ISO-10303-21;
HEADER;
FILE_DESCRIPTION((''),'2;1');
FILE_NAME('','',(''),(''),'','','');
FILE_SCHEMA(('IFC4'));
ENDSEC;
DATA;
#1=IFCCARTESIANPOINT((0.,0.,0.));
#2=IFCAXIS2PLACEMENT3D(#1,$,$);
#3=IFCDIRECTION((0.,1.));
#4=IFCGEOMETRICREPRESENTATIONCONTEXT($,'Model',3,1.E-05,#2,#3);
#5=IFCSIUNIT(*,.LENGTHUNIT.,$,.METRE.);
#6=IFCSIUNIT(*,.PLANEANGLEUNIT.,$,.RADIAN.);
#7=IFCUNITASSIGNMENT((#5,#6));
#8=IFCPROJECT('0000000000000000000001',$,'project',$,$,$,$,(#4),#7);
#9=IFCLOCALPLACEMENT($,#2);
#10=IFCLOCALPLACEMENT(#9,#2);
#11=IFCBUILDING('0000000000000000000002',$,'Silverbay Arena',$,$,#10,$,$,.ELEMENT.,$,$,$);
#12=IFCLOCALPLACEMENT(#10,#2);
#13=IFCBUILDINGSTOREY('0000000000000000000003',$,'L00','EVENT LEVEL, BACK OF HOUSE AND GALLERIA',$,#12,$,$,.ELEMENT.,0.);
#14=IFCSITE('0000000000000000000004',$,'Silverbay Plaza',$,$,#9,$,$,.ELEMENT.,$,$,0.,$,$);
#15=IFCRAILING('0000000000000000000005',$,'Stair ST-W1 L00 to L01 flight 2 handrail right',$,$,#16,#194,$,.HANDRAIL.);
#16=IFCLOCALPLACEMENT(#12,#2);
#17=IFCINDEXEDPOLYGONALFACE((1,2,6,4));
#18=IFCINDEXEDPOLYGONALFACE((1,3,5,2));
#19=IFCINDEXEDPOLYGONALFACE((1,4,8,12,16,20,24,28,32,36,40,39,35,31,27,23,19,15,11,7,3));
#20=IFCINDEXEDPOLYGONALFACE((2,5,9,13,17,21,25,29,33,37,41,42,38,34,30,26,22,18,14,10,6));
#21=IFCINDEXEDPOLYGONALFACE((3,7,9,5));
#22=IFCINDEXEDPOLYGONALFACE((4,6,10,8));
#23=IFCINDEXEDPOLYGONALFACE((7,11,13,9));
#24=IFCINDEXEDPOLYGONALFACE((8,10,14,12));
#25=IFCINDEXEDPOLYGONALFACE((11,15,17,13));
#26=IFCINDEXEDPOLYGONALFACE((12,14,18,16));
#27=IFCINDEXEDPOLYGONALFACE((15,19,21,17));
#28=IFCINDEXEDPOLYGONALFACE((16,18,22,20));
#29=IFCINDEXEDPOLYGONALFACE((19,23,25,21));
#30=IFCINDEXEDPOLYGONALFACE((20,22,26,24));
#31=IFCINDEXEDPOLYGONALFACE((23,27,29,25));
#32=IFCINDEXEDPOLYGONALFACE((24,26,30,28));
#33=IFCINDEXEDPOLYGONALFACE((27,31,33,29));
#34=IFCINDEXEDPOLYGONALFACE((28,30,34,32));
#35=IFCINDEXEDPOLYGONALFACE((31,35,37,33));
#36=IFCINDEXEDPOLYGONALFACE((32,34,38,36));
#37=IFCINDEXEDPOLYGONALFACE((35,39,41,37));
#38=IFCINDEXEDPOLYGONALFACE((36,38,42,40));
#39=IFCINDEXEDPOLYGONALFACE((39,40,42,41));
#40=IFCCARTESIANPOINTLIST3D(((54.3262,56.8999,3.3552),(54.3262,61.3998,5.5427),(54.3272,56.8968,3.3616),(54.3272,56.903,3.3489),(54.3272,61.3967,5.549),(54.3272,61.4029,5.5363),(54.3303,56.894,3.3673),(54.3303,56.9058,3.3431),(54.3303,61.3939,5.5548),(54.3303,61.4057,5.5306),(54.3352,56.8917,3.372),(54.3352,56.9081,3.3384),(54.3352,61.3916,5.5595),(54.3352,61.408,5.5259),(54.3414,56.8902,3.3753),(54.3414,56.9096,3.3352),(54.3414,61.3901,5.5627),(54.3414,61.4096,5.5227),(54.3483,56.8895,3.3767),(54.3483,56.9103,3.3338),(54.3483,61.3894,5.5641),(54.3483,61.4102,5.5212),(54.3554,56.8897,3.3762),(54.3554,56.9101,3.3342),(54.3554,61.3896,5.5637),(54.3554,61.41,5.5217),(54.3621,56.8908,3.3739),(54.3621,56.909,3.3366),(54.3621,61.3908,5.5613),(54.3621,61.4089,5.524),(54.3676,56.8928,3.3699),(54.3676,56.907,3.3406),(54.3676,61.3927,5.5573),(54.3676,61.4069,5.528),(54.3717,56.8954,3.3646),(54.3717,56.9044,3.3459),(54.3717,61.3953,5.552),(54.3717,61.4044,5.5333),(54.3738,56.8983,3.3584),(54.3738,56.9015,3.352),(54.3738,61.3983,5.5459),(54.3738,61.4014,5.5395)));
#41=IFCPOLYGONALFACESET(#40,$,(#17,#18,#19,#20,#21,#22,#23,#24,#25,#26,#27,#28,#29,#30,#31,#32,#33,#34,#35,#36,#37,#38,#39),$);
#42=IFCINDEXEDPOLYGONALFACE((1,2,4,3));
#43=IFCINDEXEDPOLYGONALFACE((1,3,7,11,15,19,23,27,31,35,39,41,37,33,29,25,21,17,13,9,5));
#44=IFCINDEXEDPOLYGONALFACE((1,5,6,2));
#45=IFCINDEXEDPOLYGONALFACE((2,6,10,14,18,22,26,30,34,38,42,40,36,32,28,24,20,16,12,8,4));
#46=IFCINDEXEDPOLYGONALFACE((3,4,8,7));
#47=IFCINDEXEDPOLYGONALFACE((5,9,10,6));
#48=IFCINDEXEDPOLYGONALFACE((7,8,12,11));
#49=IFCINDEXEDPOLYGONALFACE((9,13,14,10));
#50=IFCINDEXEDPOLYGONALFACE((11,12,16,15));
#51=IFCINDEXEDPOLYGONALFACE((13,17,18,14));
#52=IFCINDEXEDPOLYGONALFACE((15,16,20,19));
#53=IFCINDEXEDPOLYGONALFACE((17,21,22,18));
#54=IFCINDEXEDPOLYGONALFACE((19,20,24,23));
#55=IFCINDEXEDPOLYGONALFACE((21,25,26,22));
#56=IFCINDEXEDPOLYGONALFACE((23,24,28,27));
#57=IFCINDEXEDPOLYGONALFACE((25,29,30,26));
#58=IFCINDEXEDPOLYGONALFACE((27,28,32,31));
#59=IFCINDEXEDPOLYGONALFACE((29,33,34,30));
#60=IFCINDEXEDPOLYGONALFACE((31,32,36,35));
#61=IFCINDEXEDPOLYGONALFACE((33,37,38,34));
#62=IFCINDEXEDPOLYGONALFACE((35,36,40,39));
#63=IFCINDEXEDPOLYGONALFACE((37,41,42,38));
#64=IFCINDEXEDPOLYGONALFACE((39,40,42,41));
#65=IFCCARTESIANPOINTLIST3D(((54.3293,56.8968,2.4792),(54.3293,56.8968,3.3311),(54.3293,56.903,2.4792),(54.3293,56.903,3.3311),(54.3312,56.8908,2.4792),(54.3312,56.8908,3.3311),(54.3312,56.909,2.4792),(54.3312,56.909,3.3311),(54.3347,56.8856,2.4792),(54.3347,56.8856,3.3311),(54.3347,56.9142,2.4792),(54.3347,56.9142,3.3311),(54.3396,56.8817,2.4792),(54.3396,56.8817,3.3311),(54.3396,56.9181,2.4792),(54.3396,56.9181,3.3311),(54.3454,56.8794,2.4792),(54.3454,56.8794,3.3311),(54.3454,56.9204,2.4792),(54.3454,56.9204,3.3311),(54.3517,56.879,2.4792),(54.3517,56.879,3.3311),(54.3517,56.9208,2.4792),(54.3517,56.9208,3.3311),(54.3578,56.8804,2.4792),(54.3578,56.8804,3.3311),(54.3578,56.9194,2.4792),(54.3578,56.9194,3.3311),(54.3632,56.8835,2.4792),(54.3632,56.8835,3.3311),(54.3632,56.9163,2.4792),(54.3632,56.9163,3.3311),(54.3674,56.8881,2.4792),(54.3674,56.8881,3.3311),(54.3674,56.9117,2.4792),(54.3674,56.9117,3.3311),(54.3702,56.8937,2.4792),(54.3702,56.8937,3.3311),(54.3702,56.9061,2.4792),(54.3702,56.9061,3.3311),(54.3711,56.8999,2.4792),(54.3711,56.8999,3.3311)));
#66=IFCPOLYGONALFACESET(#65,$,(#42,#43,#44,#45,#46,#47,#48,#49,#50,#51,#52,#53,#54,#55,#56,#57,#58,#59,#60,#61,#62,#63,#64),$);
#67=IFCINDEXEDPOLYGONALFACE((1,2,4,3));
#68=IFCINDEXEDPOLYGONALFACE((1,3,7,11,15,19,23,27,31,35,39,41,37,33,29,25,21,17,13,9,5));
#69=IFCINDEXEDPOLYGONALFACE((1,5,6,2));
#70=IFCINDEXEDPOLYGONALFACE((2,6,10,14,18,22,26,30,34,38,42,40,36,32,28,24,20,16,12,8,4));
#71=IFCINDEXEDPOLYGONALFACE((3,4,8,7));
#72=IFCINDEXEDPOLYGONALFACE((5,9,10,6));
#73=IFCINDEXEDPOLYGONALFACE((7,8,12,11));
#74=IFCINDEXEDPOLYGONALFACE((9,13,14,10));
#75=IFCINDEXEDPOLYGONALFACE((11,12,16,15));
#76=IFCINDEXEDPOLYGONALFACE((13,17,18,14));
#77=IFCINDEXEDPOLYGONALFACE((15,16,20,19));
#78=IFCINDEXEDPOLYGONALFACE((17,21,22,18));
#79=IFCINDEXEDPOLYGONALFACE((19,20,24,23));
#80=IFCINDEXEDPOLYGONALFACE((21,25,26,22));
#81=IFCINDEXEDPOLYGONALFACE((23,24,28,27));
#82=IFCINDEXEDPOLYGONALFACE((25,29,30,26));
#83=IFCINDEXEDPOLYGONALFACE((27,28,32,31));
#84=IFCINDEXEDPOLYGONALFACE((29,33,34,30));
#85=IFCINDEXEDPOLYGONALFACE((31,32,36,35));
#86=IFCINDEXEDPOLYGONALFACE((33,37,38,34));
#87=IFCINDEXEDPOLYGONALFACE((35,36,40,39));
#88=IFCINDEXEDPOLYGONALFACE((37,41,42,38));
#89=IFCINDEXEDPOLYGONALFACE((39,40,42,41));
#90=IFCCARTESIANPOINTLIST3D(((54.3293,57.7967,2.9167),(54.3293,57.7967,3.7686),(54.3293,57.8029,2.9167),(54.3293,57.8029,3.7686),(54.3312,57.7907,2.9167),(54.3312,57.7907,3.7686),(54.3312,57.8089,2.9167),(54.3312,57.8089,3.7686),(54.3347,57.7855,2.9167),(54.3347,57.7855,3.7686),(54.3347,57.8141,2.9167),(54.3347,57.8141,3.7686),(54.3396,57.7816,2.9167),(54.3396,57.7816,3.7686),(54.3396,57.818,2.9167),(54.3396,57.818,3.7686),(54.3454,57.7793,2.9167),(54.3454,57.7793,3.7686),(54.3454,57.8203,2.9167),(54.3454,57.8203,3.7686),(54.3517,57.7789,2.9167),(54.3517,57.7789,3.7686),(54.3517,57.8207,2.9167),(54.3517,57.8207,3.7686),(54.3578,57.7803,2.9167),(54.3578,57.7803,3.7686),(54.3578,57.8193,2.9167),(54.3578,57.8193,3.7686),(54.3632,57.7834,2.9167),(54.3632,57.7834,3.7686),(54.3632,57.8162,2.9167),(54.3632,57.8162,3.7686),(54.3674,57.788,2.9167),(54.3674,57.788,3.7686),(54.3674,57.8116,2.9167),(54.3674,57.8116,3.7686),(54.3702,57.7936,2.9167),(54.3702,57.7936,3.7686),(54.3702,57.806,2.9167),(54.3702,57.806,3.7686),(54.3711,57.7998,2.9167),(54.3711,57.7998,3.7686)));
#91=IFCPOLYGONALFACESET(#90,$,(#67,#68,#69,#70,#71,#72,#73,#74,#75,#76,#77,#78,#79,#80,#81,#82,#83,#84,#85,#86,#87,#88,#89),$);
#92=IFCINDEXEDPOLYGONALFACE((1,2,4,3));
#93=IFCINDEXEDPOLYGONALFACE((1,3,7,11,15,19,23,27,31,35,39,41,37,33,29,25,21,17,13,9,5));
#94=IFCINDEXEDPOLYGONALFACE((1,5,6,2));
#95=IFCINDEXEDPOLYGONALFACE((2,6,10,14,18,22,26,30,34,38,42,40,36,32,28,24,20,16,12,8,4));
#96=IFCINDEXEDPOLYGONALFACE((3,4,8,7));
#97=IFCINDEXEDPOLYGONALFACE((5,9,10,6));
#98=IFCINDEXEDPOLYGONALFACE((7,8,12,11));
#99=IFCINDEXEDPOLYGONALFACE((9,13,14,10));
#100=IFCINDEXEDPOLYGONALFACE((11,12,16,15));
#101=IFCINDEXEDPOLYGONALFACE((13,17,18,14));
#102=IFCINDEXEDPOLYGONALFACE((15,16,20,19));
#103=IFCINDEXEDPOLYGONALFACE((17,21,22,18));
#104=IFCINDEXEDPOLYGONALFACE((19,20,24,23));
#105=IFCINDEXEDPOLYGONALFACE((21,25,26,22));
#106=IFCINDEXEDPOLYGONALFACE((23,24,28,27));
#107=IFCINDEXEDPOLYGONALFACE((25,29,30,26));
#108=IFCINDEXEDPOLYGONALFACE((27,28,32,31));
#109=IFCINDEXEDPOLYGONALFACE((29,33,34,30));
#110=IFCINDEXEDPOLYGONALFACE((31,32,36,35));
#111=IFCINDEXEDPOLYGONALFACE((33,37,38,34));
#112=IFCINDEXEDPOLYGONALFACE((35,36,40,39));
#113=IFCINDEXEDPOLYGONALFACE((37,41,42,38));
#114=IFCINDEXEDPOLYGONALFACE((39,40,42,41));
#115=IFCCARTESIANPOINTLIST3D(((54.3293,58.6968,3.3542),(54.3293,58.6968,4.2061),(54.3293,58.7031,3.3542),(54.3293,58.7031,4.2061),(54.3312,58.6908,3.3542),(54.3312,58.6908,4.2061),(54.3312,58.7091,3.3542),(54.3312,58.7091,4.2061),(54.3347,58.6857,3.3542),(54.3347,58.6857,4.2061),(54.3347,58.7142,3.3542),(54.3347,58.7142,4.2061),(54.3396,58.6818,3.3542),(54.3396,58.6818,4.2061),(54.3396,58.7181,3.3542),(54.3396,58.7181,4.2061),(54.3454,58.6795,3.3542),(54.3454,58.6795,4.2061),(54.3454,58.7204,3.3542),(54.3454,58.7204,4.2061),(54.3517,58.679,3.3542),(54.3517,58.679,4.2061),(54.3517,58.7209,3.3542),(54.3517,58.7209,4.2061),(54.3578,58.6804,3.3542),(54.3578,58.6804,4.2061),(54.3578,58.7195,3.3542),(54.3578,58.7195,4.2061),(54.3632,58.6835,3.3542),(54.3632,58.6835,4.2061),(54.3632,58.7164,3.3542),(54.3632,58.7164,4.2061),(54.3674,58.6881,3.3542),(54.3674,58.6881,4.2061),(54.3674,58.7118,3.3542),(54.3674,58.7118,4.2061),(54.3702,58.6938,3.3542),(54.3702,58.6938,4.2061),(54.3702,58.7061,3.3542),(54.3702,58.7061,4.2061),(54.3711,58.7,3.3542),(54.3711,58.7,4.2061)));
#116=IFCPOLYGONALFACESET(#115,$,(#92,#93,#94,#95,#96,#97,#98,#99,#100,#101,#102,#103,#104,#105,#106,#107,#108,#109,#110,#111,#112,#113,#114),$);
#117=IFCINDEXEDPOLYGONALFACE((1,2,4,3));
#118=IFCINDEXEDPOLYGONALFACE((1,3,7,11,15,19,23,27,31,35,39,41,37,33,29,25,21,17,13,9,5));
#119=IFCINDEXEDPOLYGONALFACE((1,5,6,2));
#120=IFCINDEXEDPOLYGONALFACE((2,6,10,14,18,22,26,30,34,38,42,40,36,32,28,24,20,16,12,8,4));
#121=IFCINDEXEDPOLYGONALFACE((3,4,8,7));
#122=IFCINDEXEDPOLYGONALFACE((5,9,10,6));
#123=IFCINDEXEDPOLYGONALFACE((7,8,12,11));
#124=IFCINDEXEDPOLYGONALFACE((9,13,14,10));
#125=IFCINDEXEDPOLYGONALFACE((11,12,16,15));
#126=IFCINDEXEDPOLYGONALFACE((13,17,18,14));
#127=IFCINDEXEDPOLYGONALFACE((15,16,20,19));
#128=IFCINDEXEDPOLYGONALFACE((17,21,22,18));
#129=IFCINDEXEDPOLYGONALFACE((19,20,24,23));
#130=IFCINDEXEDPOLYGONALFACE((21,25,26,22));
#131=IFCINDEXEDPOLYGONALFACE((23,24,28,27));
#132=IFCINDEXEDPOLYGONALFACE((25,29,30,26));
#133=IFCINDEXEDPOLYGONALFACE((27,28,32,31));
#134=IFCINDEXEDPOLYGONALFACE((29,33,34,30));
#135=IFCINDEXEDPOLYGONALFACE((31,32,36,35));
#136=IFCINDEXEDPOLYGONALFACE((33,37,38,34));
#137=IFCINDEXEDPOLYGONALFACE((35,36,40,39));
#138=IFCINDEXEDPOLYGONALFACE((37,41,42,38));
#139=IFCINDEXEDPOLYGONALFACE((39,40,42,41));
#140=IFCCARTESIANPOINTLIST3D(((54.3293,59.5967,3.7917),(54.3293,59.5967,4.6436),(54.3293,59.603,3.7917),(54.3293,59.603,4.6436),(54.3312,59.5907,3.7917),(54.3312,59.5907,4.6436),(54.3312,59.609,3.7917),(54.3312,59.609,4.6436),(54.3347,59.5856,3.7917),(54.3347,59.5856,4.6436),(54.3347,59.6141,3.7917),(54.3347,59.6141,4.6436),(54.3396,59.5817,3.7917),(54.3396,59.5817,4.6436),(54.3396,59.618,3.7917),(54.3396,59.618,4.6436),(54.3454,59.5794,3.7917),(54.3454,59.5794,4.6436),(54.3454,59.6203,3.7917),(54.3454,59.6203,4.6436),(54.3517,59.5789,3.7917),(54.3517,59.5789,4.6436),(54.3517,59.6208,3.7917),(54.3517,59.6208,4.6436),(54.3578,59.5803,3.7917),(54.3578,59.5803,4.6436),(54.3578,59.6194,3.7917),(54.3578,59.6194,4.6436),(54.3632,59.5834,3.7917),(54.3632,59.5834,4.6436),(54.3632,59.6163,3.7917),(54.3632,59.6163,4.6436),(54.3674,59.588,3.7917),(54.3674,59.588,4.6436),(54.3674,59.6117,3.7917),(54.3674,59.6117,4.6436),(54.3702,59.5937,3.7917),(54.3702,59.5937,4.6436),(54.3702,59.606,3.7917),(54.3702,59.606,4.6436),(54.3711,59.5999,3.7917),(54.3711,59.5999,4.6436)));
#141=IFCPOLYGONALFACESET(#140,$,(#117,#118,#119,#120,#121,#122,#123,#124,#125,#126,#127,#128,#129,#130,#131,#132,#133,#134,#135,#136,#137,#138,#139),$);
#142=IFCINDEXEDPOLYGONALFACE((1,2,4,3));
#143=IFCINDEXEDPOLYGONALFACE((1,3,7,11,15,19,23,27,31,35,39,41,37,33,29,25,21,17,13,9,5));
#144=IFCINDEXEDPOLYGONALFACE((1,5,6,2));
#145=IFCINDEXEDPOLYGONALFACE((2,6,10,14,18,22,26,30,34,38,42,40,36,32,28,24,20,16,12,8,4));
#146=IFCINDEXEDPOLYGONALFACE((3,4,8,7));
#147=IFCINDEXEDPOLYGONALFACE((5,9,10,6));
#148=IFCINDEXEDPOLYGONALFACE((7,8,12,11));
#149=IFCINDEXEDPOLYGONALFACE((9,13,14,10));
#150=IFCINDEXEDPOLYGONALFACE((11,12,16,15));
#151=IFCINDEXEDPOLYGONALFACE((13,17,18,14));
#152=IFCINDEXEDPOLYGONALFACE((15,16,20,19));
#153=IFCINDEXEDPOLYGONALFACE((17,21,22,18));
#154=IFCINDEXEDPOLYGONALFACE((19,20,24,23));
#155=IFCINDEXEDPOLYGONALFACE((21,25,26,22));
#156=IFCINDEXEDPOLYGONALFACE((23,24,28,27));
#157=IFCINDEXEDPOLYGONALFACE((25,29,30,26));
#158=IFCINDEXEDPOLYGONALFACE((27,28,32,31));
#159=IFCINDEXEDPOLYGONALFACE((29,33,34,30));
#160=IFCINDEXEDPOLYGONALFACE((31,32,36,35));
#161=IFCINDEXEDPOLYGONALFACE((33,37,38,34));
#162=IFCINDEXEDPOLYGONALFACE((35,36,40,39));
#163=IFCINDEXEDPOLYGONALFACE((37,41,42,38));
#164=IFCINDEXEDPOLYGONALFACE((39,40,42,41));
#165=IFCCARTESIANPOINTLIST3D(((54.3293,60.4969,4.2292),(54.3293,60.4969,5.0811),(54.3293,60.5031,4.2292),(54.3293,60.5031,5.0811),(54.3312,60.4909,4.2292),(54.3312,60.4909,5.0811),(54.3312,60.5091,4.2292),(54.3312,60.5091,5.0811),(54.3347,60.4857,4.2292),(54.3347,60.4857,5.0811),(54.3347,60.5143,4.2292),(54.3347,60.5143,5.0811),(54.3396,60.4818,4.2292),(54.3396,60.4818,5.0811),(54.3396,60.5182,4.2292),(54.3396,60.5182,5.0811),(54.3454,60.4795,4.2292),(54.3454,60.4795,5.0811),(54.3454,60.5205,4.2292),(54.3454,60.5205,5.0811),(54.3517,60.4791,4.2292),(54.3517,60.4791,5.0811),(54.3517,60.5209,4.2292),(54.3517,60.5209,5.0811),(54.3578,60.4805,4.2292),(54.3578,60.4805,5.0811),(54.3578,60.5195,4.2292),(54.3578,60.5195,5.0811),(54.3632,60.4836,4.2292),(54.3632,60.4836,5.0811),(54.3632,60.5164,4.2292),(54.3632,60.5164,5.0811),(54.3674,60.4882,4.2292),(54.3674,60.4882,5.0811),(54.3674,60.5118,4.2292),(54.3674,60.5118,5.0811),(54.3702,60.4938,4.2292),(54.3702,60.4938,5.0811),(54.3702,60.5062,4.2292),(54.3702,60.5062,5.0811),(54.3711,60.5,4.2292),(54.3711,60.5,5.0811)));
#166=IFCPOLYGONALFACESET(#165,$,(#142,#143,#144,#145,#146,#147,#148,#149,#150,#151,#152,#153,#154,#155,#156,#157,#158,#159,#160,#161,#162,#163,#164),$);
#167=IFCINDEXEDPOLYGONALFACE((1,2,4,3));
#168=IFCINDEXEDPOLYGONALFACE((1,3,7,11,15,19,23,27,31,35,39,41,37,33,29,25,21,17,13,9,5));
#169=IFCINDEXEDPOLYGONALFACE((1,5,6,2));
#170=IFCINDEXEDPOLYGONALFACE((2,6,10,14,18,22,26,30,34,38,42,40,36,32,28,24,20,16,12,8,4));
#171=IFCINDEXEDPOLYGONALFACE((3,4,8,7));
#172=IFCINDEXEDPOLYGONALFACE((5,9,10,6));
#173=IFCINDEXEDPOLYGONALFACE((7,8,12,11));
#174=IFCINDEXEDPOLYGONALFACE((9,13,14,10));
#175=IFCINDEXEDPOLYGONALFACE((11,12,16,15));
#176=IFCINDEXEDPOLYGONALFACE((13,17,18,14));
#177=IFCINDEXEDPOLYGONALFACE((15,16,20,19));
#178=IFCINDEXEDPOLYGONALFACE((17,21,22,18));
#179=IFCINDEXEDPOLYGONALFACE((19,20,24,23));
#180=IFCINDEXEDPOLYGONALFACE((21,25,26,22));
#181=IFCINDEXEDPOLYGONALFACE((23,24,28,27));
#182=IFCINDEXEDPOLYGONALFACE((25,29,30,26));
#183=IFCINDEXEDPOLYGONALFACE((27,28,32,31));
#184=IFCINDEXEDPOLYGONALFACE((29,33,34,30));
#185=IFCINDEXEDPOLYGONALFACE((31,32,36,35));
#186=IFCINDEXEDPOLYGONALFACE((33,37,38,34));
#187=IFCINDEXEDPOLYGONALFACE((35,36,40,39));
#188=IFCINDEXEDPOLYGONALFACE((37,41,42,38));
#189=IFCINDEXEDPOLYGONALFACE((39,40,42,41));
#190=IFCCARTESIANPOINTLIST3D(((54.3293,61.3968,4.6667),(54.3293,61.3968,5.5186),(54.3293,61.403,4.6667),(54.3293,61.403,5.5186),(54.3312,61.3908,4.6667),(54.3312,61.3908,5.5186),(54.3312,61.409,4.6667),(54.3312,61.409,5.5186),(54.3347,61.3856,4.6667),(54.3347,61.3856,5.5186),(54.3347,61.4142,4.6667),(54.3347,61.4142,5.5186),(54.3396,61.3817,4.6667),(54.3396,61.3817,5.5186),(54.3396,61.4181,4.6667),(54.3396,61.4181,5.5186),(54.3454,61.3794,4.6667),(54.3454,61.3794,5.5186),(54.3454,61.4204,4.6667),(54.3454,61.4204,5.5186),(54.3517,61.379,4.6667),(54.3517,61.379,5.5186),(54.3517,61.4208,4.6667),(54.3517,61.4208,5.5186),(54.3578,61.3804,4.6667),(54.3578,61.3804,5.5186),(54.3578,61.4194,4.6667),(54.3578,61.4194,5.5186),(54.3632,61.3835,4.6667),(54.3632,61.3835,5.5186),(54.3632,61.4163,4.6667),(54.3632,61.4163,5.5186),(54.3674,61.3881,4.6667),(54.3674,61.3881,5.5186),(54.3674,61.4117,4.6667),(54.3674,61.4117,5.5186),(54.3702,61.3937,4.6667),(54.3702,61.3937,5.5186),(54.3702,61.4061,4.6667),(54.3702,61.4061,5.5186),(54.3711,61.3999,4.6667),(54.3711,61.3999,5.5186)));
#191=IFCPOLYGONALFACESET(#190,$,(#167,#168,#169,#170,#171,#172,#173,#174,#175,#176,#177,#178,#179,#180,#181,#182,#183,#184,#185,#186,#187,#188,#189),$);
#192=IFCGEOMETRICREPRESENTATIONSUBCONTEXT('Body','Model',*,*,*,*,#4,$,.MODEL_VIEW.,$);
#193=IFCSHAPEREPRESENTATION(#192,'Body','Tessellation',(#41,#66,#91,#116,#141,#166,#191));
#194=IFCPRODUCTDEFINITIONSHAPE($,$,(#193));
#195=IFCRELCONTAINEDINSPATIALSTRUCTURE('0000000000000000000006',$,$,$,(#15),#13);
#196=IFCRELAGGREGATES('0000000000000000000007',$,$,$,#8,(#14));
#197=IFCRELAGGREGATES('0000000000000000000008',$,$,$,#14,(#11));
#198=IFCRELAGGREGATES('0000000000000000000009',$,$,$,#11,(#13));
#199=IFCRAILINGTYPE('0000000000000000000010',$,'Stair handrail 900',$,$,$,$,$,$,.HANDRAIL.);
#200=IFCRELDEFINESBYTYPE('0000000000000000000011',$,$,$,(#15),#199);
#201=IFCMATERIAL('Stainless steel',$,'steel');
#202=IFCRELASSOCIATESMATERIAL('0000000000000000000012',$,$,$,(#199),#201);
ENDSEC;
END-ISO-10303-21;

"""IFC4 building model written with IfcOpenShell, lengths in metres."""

from ifc_helpers import new_model, si_unit, direction, frame, origin, origin_2d, place, context, subcontext, project, spatial, circle, extrude, material, type_object, element, save


model = new_model("IFC4")

# Units and contexts
model_context = context("Model", 3, precision=1e-05, world=origin(), true_north=direction((0.0, 1.0)))
body_context = subcontext(model_context, "Body", "Model", "MODEL_VIEW")
ifc_project = project(units=[si_unit("LENGTHUNIT", "METRE"), si_unit("PLANEANGLEUNIT", "RADIAN")], contexts=[model_context])

# Site, building, storey
site_placement = place(None, origin())
site = spatial("IfcSite", under=ifc_project, at=site_placement, Name="Silverbay Plaza", CompositionType="ELEMENT", RefElevation=0.0)
building_placement = place(site_placement, origin())
building = spatial("IfcBuilding", under=site, at=building_placement, Name="Silverbay Arena", CompositionType="ELEMENT")
storey_placement = place(building_placement, origin())
storey = spatial("IfcBuildingStorey", under=building, at=storey_placement, Name="L00", Description="EVENT LEVEL, BACK OF HOUSE AND GALLERIA", CompositionType="ELEMENT", Elevation=0.0)

# Railing
ifc_material_1 = material(Name="Stainless steel", Category="steel")
railing_type_1 = type_object("IfcRailingType", Name="Stair handrail 900", PredefinedType="HANDRAIL", material=ifc_material_1)
for number, where, name in (
    (1, (54.3501, 56.8999, 2.4792), "Stair ST-W1 L00 to L01 flight 2 handrail right"),
):
    element("IfcRailing", number, at=place(storey_placement, frame(where)), inside=storey, type_object=railing_type_1, Name=name, PredefinedType="HANDRAIL", context=body_context, shape_type="SweptSolid", body=[
        extrude(circle(Radius=0.0239, at=origin_2d()), frame((0.0, 0.0, 0.876), z_axis=(0.0, 0.899368, 0.437193), x_axis=(-1.0, 0.0, 0.0)), (0.0, 0.0, 1.0), 5.0034),
        extrude(circle(Radius=0.021, at=origin_2d()), origin(), (0.0, 0.0, 1.0), 0.8518),
        extrude(circle(Radius=0.021, at=origin_2d()), frame((0.0, 0.8999, 0.4375)), (0.0, 0.0, 1.0), 0.8518),
        extrude(circle(Radius=0.021, at=origin_2d()), frame((0.0, 1.8, 0.875)), (0.0, 0.0, 1.0), 0.8518),
        extrude(circle(Radius=0.021, at=origin_2d()), frame((0.0, 2.7, 1.3125)), (0.0, 0.0, 1.0), 0.8518),
        extrude(circle(Radius=0.021, at=origin_2d()), frame((0.0, 3.6001, 1.75)), (0.0, 0.0, 1.0), 0.8518),
        extrude(circle(Radius=0.021, at=origin_2d()), frame((0.0, 4.5, 2.1875)), (0.0, 0.0, 1.0), 0.8518),
    ])

save(model, "model.ifc")
